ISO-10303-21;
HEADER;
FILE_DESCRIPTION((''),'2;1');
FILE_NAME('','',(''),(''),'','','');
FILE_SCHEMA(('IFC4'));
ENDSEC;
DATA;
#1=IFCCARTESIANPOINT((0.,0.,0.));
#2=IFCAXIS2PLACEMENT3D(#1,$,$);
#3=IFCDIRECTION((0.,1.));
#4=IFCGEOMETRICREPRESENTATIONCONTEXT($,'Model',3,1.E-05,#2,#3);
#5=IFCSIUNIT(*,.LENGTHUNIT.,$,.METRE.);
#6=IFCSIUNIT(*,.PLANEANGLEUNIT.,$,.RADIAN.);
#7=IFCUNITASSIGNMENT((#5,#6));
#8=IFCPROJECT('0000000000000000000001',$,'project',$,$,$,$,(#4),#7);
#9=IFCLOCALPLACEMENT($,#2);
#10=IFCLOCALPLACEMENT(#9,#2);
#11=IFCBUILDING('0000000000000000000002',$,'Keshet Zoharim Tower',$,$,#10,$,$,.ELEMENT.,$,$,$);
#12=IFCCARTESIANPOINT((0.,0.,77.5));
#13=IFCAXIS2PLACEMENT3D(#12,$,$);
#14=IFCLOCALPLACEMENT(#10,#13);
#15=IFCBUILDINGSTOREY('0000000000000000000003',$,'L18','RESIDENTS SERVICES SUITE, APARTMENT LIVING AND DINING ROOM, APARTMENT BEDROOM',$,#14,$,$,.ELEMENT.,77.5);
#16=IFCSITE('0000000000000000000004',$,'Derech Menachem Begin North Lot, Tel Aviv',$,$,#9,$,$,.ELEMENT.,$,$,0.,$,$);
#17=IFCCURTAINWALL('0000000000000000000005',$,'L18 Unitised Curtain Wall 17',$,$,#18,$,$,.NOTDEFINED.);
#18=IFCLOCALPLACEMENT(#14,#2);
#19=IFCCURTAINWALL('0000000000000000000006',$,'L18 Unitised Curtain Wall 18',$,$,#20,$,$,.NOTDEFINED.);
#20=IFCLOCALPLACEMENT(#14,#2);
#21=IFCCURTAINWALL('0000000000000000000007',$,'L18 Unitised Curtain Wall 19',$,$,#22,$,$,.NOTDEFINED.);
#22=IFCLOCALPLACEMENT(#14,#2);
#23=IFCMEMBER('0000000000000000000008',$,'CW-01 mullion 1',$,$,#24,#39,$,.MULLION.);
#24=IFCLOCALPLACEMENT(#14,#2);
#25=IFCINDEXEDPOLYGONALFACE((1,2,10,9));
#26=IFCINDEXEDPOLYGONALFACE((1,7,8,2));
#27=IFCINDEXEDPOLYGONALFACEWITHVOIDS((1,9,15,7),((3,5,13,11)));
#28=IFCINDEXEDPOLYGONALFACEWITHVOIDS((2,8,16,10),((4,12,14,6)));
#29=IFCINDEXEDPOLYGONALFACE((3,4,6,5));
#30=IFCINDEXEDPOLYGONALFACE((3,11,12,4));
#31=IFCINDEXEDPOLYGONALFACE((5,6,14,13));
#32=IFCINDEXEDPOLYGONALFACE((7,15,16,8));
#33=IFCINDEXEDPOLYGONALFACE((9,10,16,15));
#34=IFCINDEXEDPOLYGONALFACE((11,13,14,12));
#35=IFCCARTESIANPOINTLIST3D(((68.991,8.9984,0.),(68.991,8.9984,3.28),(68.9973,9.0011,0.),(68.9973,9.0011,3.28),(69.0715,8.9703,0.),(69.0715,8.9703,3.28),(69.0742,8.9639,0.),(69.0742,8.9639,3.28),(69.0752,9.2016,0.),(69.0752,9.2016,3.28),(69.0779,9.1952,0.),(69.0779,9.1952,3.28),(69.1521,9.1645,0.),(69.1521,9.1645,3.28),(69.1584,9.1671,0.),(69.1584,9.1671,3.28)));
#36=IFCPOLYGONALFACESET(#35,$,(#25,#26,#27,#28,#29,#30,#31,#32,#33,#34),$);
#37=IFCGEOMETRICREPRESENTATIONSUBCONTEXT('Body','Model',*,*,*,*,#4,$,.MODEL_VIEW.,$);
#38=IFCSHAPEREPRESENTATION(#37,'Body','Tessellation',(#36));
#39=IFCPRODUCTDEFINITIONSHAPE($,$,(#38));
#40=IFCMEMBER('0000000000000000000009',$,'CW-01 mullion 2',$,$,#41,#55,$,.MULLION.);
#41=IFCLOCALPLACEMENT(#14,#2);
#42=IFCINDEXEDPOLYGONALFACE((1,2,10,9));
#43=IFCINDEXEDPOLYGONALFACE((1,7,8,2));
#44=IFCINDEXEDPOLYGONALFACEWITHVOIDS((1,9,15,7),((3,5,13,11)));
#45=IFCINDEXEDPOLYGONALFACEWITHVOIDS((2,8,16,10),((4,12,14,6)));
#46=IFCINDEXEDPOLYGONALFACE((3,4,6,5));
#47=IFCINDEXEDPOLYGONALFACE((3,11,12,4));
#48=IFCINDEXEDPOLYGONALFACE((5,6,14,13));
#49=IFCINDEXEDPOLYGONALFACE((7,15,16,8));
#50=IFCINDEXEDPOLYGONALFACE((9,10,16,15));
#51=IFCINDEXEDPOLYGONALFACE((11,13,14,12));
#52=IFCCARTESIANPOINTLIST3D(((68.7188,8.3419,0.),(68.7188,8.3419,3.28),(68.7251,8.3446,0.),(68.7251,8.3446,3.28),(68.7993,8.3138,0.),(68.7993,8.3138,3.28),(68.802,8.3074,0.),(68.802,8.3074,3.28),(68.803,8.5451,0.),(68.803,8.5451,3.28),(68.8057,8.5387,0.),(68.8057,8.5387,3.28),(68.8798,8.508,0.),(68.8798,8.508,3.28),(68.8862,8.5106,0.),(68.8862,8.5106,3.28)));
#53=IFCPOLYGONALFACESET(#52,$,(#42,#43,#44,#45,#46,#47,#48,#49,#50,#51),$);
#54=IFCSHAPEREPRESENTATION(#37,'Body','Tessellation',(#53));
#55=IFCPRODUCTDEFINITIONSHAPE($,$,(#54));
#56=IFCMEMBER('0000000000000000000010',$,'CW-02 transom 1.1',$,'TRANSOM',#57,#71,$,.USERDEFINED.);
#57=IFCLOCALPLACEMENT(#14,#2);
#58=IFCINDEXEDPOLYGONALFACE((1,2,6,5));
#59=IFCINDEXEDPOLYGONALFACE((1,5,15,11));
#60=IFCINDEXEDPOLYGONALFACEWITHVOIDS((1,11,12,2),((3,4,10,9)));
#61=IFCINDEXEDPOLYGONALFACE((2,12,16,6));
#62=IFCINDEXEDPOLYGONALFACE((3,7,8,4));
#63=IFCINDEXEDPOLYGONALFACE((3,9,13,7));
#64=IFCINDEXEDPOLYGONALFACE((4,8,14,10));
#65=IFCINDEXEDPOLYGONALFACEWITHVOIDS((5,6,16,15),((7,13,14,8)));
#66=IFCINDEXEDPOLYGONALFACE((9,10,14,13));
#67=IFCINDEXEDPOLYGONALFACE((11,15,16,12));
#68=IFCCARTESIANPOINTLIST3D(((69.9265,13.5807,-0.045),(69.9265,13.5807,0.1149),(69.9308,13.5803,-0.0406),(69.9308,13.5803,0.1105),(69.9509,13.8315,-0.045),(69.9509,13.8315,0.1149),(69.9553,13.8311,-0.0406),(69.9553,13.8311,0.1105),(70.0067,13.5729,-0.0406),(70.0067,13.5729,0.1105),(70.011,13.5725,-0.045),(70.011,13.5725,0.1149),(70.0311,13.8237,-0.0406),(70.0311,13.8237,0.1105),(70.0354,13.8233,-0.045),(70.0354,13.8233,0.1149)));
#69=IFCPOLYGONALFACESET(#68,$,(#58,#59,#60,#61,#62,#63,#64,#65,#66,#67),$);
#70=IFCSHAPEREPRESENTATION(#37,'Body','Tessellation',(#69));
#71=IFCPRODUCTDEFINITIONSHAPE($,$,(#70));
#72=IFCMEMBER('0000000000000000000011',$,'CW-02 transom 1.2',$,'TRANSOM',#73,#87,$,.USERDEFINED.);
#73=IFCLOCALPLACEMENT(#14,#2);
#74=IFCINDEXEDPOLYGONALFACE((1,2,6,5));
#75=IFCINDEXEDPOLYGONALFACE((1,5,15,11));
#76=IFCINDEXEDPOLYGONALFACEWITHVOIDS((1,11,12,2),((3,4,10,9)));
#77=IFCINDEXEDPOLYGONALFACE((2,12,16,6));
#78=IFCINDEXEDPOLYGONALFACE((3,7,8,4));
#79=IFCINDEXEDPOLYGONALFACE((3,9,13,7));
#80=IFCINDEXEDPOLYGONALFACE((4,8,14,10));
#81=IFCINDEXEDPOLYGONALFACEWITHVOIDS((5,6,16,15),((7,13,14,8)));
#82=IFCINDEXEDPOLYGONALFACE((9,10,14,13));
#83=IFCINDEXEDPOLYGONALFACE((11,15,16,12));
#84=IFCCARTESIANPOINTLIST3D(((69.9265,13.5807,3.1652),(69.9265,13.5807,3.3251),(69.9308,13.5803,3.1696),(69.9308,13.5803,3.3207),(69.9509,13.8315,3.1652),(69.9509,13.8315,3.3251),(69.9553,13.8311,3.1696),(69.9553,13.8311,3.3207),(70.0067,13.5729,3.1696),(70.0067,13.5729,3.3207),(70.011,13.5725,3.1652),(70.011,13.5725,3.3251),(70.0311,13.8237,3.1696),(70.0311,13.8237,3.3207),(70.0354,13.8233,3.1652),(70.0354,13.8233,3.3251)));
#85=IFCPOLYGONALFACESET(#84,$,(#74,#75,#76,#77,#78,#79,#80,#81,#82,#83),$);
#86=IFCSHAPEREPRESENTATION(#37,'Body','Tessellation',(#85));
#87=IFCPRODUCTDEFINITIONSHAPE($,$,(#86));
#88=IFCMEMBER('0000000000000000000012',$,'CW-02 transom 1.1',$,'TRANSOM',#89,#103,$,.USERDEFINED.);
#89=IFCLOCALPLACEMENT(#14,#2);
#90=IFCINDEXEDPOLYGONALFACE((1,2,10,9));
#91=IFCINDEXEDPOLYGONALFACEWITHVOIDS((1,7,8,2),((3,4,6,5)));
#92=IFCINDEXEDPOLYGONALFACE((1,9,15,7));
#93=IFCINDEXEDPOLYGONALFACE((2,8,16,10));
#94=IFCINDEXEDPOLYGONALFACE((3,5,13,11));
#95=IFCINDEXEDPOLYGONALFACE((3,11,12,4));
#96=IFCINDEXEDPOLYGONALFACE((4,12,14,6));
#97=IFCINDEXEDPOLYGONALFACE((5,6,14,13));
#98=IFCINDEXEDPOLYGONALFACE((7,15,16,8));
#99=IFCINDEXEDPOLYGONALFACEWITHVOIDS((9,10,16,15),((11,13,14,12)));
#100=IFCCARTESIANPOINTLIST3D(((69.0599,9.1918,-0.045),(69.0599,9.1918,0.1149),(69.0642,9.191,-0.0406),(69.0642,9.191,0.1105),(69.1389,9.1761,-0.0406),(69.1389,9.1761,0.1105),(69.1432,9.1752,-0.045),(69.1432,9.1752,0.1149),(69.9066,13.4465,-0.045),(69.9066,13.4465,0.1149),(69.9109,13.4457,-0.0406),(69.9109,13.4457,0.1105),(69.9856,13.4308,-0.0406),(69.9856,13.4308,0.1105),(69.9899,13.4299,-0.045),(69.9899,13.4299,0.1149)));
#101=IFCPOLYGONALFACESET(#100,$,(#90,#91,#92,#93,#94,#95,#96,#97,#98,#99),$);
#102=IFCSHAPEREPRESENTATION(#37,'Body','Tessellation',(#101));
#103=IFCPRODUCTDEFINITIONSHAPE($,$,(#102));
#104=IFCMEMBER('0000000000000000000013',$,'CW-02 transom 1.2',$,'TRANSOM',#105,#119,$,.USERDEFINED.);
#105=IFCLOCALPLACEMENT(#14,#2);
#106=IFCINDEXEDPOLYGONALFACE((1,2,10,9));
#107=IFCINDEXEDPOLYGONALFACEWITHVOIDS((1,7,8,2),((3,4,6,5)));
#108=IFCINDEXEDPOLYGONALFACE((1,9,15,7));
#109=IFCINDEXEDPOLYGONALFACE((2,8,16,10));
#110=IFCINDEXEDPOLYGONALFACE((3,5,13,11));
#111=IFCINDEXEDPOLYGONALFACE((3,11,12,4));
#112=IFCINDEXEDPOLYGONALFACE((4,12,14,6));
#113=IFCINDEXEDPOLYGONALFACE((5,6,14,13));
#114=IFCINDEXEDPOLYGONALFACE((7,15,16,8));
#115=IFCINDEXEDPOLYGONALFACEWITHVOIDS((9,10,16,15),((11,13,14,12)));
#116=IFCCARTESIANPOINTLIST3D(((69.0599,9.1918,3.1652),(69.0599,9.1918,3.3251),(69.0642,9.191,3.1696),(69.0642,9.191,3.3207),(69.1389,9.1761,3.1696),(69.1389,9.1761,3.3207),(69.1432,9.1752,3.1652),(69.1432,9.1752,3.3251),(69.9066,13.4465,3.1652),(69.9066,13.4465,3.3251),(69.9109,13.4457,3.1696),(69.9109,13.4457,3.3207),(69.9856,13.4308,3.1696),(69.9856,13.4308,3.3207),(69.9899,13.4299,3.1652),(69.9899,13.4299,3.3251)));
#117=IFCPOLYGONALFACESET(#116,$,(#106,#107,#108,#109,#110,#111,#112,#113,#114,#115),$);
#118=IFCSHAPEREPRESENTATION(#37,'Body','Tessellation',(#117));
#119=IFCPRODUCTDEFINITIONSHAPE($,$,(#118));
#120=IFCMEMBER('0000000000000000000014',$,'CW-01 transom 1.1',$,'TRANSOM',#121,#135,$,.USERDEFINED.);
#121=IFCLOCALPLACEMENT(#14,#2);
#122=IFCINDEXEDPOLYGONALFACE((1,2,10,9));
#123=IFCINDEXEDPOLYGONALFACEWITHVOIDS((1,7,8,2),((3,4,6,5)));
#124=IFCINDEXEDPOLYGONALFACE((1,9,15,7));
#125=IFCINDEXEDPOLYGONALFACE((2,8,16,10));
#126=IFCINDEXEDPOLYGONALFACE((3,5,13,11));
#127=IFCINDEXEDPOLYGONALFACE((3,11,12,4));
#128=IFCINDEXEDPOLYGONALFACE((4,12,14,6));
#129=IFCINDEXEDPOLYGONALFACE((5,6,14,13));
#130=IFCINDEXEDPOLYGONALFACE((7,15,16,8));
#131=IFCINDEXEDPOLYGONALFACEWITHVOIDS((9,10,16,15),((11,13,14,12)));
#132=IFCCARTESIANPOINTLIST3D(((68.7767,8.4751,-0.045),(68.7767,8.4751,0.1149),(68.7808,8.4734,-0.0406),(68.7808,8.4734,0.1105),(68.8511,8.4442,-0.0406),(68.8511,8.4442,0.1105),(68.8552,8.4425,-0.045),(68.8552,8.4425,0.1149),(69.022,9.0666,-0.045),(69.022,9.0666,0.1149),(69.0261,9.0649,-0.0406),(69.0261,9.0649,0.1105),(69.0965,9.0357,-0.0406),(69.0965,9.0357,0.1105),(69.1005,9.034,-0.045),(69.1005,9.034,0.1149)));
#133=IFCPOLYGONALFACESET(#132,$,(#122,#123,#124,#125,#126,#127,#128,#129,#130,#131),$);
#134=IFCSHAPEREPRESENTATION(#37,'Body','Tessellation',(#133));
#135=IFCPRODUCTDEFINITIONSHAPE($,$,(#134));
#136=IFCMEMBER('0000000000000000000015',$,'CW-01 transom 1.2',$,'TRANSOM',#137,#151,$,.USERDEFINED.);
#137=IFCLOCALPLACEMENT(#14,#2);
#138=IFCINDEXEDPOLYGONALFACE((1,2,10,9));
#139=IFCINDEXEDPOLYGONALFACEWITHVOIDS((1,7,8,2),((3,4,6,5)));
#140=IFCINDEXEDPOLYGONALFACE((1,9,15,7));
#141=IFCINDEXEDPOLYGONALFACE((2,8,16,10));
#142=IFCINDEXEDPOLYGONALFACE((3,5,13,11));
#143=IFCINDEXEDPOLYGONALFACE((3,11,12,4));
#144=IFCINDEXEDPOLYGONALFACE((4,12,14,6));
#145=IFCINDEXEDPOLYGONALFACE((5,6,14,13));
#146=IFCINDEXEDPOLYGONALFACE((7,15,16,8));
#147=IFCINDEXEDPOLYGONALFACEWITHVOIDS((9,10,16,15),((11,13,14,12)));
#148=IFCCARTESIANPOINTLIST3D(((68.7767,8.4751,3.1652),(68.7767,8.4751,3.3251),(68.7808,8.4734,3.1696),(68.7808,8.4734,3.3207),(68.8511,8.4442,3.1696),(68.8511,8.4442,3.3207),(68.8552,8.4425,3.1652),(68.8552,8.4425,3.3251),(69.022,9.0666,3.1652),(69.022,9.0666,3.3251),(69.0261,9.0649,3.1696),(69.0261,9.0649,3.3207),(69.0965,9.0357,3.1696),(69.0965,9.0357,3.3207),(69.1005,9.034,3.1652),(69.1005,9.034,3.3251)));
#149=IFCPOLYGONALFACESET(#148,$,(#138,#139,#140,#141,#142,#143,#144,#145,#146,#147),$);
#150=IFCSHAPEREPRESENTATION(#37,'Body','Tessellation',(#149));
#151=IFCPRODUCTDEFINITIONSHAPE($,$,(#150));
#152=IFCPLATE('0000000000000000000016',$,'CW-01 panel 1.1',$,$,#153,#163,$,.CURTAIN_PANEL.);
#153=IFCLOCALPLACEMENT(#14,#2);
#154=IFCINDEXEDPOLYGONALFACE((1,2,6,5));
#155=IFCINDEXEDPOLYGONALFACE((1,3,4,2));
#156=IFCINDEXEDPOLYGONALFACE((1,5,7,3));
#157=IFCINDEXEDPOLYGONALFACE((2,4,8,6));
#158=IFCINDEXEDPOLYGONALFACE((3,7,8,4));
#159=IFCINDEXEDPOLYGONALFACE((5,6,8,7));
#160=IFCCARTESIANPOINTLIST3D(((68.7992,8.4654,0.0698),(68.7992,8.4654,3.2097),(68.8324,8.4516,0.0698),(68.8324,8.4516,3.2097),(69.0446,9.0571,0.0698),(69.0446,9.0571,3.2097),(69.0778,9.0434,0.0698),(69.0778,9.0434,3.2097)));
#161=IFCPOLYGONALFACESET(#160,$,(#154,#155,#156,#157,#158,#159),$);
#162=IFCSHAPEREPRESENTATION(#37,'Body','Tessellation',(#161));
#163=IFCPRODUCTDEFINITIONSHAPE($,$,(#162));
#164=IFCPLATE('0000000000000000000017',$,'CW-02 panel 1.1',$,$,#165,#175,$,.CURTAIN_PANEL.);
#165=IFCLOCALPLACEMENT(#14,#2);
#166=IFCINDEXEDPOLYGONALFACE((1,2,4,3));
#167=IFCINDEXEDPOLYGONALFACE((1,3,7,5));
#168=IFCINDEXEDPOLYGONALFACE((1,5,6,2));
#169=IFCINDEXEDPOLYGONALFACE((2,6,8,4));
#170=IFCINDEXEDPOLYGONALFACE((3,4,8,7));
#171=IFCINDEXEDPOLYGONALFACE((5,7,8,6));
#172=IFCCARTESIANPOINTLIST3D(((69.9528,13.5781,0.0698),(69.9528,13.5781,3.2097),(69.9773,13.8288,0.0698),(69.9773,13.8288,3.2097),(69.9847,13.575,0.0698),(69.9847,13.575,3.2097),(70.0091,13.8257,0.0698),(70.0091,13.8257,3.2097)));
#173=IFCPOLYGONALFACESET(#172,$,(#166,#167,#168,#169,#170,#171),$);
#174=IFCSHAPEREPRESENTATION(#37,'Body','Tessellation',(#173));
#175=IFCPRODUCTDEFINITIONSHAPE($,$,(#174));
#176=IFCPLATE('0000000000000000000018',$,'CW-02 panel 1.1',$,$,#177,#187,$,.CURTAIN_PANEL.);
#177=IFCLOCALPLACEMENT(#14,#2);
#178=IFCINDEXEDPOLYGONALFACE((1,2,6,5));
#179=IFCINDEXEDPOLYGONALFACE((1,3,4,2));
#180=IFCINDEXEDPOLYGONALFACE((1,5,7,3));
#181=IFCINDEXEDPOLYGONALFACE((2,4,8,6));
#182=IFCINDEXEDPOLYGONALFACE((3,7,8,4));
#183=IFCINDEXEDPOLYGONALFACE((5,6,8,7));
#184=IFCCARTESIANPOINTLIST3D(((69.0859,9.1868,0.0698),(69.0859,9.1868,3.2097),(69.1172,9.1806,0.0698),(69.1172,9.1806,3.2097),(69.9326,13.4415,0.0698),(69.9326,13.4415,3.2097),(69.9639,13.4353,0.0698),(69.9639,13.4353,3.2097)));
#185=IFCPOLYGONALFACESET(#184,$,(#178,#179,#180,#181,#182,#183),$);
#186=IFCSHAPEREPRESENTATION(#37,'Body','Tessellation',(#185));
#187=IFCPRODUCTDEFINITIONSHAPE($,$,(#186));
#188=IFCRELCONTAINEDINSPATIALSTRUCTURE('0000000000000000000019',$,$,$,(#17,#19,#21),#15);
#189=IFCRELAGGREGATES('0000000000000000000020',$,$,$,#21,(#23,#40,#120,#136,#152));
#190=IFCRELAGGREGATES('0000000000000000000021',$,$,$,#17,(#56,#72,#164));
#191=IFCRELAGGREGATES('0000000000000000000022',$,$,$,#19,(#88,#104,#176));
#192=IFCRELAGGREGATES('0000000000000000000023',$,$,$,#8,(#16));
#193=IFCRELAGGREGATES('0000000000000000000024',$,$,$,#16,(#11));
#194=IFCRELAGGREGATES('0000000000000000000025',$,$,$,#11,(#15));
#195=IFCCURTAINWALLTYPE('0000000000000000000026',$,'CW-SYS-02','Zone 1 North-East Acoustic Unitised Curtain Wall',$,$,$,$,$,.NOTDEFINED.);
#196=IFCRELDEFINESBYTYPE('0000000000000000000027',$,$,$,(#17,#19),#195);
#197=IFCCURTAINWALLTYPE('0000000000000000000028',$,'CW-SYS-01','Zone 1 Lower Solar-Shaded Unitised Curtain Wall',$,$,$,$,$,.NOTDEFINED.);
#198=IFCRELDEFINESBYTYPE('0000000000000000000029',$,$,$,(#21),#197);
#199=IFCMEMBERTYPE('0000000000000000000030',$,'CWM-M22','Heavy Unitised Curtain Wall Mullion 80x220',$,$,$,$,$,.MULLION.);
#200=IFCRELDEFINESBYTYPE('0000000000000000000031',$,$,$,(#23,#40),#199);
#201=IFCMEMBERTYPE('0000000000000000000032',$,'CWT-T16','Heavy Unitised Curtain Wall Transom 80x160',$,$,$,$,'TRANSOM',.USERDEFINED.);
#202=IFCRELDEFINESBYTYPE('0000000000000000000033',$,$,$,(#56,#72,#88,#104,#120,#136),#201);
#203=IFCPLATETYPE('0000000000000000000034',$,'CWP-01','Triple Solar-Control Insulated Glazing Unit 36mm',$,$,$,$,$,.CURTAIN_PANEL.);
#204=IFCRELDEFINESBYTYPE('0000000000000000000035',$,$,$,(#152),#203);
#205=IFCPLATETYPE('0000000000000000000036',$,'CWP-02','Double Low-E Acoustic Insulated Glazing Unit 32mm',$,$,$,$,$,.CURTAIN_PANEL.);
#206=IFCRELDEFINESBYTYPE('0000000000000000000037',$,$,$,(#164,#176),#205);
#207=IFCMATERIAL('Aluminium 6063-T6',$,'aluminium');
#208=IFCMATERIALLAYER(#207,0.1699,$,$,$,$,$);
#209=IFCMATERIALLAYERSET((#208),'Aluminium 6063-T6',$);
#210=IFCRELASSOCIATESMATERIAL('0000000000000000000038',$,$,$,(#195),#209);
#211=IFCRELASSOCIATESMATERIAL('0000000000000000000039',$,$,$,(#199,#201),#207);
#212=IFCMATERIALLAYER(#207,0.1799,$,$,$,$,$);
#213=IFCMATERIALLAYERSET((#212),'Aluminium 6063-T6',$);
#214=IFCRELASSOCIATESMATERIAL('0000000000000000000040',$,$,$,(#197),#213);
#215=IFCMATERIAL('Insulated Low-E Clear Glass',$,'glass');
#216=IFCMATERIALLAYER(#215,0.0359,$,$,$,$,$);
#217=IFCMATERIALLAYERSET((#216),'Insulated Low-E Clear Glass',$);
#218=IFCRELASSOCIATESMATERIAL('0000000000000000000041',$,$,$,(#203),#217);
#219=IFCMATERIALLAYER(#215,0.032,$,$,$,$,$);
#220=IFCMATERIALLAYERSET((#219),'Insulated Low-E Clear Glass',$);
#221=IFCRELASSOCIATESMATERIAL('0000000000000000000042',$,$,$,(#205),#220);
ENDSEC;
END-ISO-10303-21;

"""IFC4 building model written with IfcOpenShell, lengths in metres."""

from ifc_helpers import new_model, si_unit, direction, frame, origin, origin_2d, place, context, subcontext, project, spatial, rectangle, hollow_rectangle, extrude, material, layer, layer_set, material_profile, profile_set, type_object, element, aggregate, save


model = new_model("IFC4")

# Units and contexts
model_context = context("Model", 3, precision=1e-05, world=origin(), true_north=direction((0.0, 1.0)))
body_context = subcontext(model_context, "Body", "Model", "MODEL_VIEW")
ifc_project = project(units=[si_unit("LENGTHUNIT", "METRE"), si_unit("PLANEANGLEUNIT", "RADIAN")], contexts=[model_context])

# Site, building, storey
site_placement = place(None, origin())
site = spatial("IfcSite", under=ifc_project, at=site_placement, Name="Derech Menachem Begin North Lot, Tel Aviv", CompositionType="ELEMENT", RefElevation=0.0)
building_placement = place(site_placement, origin())
building = spatial("IfcBuilding", under=site, at=building_placement, Name="Keshet Zoharim Tower", CompositionType="ELEMENT")
storey_placement = place(building_placement, frame((0.0, 0.0, 77.5)))
storey = spatial("IfcBuildingStorey", under=building, at=storey_placement, Name="L18", Description="RESIDENTS SERVICES SUITE, APARTMENT LIVING AND DINING ROOM, APARTMENT BEDROOM", CompositionType="ELEMENT", Elevation=77.5)

# Shared definitions
ifc_material_1 = material(Name="Aluminium 6063-T6", Category="aluminium")
ifc_layer_1 = layer(ifc_material_1, 0.1699)
ifc_layer_set_1 = layer_set([ifc_layer_1], Name="Aluminium 6063-T6")
curtain_wall_type_1 = type_object("IfcCurtainWallType", Name="CW-SYS-02", Description="Zone 1 North-East Acoustic Unitised Curtain Wall", PredefinedType="NOTDEFINED", material=ifc_layer_set_1)
ifc_material_profile_1 = material_profile(ifc_material_1, hollow_rectangle(XDim=0.0901, YDim=0.22, WallThickness=0.0049, at=origin_2d()), Name="MUL-90x220")
ifc_profile_set_1 = profile_set([ifc_material_profile_1], Name="Aluminium 6063-T6")
member_type_1 = type_object("IfcMemberType", Name="CWM-M22", Description="Heavy Unitised Curtain Wall Mullion 80x220", PredefinedType="MULLION", material=ifc_profile_set_1)

# Curtain walls, members
curtain_wall_1_placement = place(storey_placement, origin())
curtain_wall_1 = element("IfcCurtainWall", 1, at=curtain_wall_1_placement, inside=storey, type_object=curtain_wall_type_1, Name="L18 Unitised Curtain Wall 17", PredefinedType="NOTDEFINED")
curtain_wall_2_placement = place(storey_placement, origin())
curtain_wall_2 = element("IfcCurtainWall", 2, at=curtain_wall_2_placement, inside=storey, type_object=curtain_wall_type_1, Name="L18 Unitised Curtain Wall 18", PredefinedType="NOTDEFINED")
ifc_layer_2 = layer(ifc_material_1, 0.1799)
ifc_layer_set_2 = layer_set([ifc_layer_2], Name="Aluminium 6063-T6")
curtain_wall_type_2 = type_object("IfcCurtainWallType", Name="CW-SYS-01", Description="Zone 1 Lower Solar-Shaded Unitised Curtain Wall", PredefinedType="NOTDEFINED", material=ifc_layer_set_2)
curtain_wall_3_placement = place(storey_placement, origin())
curtain_wall_3 = element("IfcCurtainWall", 3, at=curtain_wall_3_placement, inside=storey, type_object=curtain_wall_type_2, Name="L18 Unitised Curtain Wall 19", PredefinedType="NOTDEFINED")
member_1_placement = place(storey_placement, frame((69.0747, 9.0828, 0.0), z_axis=(0.0, 0.0, 1.0), x_axis=(0.92372, -0.383068, 0.0)))
member_1 = element("IfcMember", 4, at=member_1_placement, type_object=member_type_1, Name="CW-01 mullion 1", PredefinedType="MULLION", context=body_context, shape_type="SweptSolid", body=[
    extrude(hollow_rectangle(XDim=0.0901, YDim=0.22, WallThickness=0.0049, at=origin_2d()), origin(), (0.0, 0.0, 1.0), 3.28),
])
member_2_placement = place(storey_placement, frame((68.8025, 8.4263, 0.0), z_axis=(0.0, 0.0, 1.0), x_axis=(0.92372, -0.383068, 0.0)))
member_2 = element("IfcMember", 5, at=member_2_placement, type_object=member_type_1, Name="CW-01 mullion 2", PredefinedType="MULLION", context=body_context, shape_type="SweptSolid", body=[
    extrude(hollow_rectangle(XDim=0.0901, YDim=0.22, WallThickness=0.0049, at=origin_2d()), origin(), (0.0, 0.0, 1.0), 3.28),
])

# Members
ifc_material_profile_2 = material_profile(ifc_material_1, hollow_rectangle(XDim=0.085, YDim=0.1599, WallThickness=0.0044, at=origin_2d()), Name="TRN-85x160")
ifc_profile_set_2 = profile_set([ifc_material_profile_2], Name="Aluminium 6063-T6")
member_type_2 = type_object("IfcMemberType", Name="CWT-T16", Description="Heavy Unitised Curtain Wall Transom 80x160", ElementType="TRANSOM", PredefinedType="USERDEFINED", material=ifc_profile_set_2)
member_3_placement = place(storey_placement, frame((69.9932, 13.8274, 0.0349), z_axis=(-0.096913, -0.995293, 0.0), x_axis=(0.995293, -0.096913, 0.0)))
member_3 = element("IfcMember", 6, at=member_3_placement, type_object=member_type_2, Name="CW-02 transom 1.1", ObjectType="TRANSOM", PredefinedType="USERDEFINED", context=body_context, shape_type="SweptSolid", body=[
    extrude(hollow_rectangle(XDim=0.085, YDim=0.1599, WallThickness=0.0044, at=origin_2d()), origin(), (0.0, 0.0, 1.0), 0.252),
])
member_4_placement = place(storey_placement, frame((69.9932, 13.8274, 3.2451), z_axis=(-0.096913, -0.995293, 0.0), x_axis=(0.995293, -0.096913, 0.0)))
member_4 = element("IfcMember", 7, at=member_4_placement, type_object=member_type_2, Name="CW-02 transom 1.2", ObjectType="TRANSOM", PredefinedType="USERDEFINED", context=body_context, shape_type="SweptSolid", body=[
    extrude(hollow_rectangle(XDim=0.085, YDim=0.1599, WallThickness=0.0044, at=origin_2d()), origin(), (0.0, 0.0, 1.0), 0.252),
])
member_5_placement = place(storey_placement, frame((69.9482, 13.4382, 0.0349), z_axis=(-0.195174, -0.980769, 0.0), x_axis=(0.980769, -0.195174, 0.0)))
member_5 = element("IfcMember", 8, at=member_5_placement, type_object=member_type_2, Name="CW-02 transom 1.1", ObjectType="TRANSOM", PredefinedType="USERDEFINED", context=body_context, shape_type="SweptSolid", body=[
    extrude(hollow_rectangle(XDim=0.085, YDim=0.1599, WallThickness=0.0044, at=origin_2d()), origin(), (0.0, 0.0, 1.0), 4.3381),
])
member_6_placement = place(storey_placement, frame((69.9482, 13.4382, 3.2451), z_axis=(-0.195174, -0.980769, 0.0), x_axis=(0.980769, -0.195174, 0.0)))
member_6 = element("IfcMember", 9, at=member_6_placement, type_object=member_type_2, Name="CW-02 transom 1.2", ObjectType="TRANSOM", PredefinedType="USERDEFINED", context=body_context, shape_type="SweptSolid", body=[
    extrude(hollow_rectangle(XDim=0.085, YDim=0.1599, WallThickness=0.0044, at=origin_2d()), origin(), (0.0, 0.0, 1.0), 4.3381),
])
member_7_placement = place(storey_placement, frame((69.0613, 9.0503, 0.0349), z_axis=(-0.383126, -0.923696, 0.0), x_axis=(0.923696, -0.383126, 0.0)))
member_7 = element("IfcMember", 10, at=member_7_placement, type_object=member_type_2, Name="CW-01 transom 1.1", ObjectType="TRANSOM", PredefinedType="USERDEFINED", context=body_context, shape_type="SweptSolid", body=[
    extrude(hollow_rectangle(XDim=0.085, YDim=0.1599, WallThickness=0.0044, at=origin_2d()), origin(), (0.0, 0.0, 1.0), 0.6404),
])
member_8_placement = place(storey_placement, frame((69.0613, 9.0503, 3.2451), z_axis=(-0.383126, -0.923696, 0.0), x_axis=(0.923696, -0.383126, 0.0)))
member_8 = element("IfcMember", 11, at=member_8_placement, type_object=member_type_2, Name="CW-01 transom 1.2", ObjectType="TRANSOM", PredefinedType="USERDEFINED", context=body_context, shape_type="SweptSolid", body=[
    extrude(hollow_rectangle(XDim=0.085, YDim=0.1599, WallThickness=0.0044, at=origin_2d()), origin(), (0.0, 0.0, 1.0), 0.6404),
])

# Plates
ifc_material_2 = material(Name="Insulated Low-E Clear Glass", Category="glass")
ifc_layer_3 = layer(ifc_material_2, 0.0359)
ifc_layer_set_3 = layer_set([ifc_layer_3], Name="Insulated Low-E Clear Glass")
plate_type_1 = type_object("IfcPlateType", Name="CWP-01", Description="Triple Solar-Control Insulated Glazing Unit 36mm", PredefinedType="CURTAIN_PANEL", material=ifc_layer_set_3)
plate_1_placement = place(storey_placement, frame((68.9385, 8.7544, 0.0698), z_axis=(0.0, 0.0, 1.0), x_axis=(-0.383068, -0.92372, 0.0)))
plate_1 = element("IfcPlate", 12, at=plate_1_placement, type_object=plate_type_1, Name="CW-01 panel 1.1", PredefinedType="CURTAIN_PANEL", context=body_context, shape_type="SweptSolid", body=[
    extrude(rectangle(XDim=0.6406, YDim=0.0359, at=origin_2d()), origin(), (0.0, 0.0, 1.0), 3.1399),
])
aggregate(curtain_wall_3, [member_1, member_2, member_7, member_8, plate_1])
ifc_layer_4 = layer(ifc_material_2, 0.032)
ifc_layer_set_4 = layer_set([ifc_layer_4], Name="Insulated Low-E Clear Glass")
plate_type_2 = type_object("IfcPlateType", Name="CWP-02", Description="Double Low-E Acoustic Insulated Glazing Unit 32mm", PredefinedType="CURTAIN_PANEL", material=ifc_layer_set_4)
plate_2_placement = place(storey_placement, frame((69.981, 13.7019, 0.0698), z_axis=(0.0, 0.0, 1.0), x_axis=(-0.096977, -0.995287, 0.0)))
plate_2 = element("IfcPlate", 13, at=plate_2_placement, type_object=plate_type_2, Name="CW-02 panel 1.1", PredefinedType="CURTAIN_PANEL", context=body_context, shape_type="SweptSolid", body=[
    extrude(rectangle(XDim=0.252, YDim=0.032, at=origin_2d()), origin(), (0.0, 0.0, 1.0), 3.1399),
])
aggregate(curtain_wall_1, [member_3, member_4, plate_2])
plate_3_placement = place(storey_placement, frame((69.5249, 11.311, 0.0698), z_axis=(0.0, 0.0, 1.0), x_axis=(-0.195171, -0.980769, 0.0)))
plate_3 = element("IfcPlate", 14, at=plate_3_placement, type_object=plate_type_2, Name="CW-02 panel 1.1", PredefinedType="CURTAIN_PANEL", context=body_context, shape_type="SweptSolid", body=[
    extrude(rectangle(XDim=4.3381, YDim=0.032, at=origin_2d()), origin(), (0.0, 0.0, 1.0), 3.1399),
])
aggregate(curtain_wall_2, [member_5, member_6, plate_3])

save(model, "model.ifc")
